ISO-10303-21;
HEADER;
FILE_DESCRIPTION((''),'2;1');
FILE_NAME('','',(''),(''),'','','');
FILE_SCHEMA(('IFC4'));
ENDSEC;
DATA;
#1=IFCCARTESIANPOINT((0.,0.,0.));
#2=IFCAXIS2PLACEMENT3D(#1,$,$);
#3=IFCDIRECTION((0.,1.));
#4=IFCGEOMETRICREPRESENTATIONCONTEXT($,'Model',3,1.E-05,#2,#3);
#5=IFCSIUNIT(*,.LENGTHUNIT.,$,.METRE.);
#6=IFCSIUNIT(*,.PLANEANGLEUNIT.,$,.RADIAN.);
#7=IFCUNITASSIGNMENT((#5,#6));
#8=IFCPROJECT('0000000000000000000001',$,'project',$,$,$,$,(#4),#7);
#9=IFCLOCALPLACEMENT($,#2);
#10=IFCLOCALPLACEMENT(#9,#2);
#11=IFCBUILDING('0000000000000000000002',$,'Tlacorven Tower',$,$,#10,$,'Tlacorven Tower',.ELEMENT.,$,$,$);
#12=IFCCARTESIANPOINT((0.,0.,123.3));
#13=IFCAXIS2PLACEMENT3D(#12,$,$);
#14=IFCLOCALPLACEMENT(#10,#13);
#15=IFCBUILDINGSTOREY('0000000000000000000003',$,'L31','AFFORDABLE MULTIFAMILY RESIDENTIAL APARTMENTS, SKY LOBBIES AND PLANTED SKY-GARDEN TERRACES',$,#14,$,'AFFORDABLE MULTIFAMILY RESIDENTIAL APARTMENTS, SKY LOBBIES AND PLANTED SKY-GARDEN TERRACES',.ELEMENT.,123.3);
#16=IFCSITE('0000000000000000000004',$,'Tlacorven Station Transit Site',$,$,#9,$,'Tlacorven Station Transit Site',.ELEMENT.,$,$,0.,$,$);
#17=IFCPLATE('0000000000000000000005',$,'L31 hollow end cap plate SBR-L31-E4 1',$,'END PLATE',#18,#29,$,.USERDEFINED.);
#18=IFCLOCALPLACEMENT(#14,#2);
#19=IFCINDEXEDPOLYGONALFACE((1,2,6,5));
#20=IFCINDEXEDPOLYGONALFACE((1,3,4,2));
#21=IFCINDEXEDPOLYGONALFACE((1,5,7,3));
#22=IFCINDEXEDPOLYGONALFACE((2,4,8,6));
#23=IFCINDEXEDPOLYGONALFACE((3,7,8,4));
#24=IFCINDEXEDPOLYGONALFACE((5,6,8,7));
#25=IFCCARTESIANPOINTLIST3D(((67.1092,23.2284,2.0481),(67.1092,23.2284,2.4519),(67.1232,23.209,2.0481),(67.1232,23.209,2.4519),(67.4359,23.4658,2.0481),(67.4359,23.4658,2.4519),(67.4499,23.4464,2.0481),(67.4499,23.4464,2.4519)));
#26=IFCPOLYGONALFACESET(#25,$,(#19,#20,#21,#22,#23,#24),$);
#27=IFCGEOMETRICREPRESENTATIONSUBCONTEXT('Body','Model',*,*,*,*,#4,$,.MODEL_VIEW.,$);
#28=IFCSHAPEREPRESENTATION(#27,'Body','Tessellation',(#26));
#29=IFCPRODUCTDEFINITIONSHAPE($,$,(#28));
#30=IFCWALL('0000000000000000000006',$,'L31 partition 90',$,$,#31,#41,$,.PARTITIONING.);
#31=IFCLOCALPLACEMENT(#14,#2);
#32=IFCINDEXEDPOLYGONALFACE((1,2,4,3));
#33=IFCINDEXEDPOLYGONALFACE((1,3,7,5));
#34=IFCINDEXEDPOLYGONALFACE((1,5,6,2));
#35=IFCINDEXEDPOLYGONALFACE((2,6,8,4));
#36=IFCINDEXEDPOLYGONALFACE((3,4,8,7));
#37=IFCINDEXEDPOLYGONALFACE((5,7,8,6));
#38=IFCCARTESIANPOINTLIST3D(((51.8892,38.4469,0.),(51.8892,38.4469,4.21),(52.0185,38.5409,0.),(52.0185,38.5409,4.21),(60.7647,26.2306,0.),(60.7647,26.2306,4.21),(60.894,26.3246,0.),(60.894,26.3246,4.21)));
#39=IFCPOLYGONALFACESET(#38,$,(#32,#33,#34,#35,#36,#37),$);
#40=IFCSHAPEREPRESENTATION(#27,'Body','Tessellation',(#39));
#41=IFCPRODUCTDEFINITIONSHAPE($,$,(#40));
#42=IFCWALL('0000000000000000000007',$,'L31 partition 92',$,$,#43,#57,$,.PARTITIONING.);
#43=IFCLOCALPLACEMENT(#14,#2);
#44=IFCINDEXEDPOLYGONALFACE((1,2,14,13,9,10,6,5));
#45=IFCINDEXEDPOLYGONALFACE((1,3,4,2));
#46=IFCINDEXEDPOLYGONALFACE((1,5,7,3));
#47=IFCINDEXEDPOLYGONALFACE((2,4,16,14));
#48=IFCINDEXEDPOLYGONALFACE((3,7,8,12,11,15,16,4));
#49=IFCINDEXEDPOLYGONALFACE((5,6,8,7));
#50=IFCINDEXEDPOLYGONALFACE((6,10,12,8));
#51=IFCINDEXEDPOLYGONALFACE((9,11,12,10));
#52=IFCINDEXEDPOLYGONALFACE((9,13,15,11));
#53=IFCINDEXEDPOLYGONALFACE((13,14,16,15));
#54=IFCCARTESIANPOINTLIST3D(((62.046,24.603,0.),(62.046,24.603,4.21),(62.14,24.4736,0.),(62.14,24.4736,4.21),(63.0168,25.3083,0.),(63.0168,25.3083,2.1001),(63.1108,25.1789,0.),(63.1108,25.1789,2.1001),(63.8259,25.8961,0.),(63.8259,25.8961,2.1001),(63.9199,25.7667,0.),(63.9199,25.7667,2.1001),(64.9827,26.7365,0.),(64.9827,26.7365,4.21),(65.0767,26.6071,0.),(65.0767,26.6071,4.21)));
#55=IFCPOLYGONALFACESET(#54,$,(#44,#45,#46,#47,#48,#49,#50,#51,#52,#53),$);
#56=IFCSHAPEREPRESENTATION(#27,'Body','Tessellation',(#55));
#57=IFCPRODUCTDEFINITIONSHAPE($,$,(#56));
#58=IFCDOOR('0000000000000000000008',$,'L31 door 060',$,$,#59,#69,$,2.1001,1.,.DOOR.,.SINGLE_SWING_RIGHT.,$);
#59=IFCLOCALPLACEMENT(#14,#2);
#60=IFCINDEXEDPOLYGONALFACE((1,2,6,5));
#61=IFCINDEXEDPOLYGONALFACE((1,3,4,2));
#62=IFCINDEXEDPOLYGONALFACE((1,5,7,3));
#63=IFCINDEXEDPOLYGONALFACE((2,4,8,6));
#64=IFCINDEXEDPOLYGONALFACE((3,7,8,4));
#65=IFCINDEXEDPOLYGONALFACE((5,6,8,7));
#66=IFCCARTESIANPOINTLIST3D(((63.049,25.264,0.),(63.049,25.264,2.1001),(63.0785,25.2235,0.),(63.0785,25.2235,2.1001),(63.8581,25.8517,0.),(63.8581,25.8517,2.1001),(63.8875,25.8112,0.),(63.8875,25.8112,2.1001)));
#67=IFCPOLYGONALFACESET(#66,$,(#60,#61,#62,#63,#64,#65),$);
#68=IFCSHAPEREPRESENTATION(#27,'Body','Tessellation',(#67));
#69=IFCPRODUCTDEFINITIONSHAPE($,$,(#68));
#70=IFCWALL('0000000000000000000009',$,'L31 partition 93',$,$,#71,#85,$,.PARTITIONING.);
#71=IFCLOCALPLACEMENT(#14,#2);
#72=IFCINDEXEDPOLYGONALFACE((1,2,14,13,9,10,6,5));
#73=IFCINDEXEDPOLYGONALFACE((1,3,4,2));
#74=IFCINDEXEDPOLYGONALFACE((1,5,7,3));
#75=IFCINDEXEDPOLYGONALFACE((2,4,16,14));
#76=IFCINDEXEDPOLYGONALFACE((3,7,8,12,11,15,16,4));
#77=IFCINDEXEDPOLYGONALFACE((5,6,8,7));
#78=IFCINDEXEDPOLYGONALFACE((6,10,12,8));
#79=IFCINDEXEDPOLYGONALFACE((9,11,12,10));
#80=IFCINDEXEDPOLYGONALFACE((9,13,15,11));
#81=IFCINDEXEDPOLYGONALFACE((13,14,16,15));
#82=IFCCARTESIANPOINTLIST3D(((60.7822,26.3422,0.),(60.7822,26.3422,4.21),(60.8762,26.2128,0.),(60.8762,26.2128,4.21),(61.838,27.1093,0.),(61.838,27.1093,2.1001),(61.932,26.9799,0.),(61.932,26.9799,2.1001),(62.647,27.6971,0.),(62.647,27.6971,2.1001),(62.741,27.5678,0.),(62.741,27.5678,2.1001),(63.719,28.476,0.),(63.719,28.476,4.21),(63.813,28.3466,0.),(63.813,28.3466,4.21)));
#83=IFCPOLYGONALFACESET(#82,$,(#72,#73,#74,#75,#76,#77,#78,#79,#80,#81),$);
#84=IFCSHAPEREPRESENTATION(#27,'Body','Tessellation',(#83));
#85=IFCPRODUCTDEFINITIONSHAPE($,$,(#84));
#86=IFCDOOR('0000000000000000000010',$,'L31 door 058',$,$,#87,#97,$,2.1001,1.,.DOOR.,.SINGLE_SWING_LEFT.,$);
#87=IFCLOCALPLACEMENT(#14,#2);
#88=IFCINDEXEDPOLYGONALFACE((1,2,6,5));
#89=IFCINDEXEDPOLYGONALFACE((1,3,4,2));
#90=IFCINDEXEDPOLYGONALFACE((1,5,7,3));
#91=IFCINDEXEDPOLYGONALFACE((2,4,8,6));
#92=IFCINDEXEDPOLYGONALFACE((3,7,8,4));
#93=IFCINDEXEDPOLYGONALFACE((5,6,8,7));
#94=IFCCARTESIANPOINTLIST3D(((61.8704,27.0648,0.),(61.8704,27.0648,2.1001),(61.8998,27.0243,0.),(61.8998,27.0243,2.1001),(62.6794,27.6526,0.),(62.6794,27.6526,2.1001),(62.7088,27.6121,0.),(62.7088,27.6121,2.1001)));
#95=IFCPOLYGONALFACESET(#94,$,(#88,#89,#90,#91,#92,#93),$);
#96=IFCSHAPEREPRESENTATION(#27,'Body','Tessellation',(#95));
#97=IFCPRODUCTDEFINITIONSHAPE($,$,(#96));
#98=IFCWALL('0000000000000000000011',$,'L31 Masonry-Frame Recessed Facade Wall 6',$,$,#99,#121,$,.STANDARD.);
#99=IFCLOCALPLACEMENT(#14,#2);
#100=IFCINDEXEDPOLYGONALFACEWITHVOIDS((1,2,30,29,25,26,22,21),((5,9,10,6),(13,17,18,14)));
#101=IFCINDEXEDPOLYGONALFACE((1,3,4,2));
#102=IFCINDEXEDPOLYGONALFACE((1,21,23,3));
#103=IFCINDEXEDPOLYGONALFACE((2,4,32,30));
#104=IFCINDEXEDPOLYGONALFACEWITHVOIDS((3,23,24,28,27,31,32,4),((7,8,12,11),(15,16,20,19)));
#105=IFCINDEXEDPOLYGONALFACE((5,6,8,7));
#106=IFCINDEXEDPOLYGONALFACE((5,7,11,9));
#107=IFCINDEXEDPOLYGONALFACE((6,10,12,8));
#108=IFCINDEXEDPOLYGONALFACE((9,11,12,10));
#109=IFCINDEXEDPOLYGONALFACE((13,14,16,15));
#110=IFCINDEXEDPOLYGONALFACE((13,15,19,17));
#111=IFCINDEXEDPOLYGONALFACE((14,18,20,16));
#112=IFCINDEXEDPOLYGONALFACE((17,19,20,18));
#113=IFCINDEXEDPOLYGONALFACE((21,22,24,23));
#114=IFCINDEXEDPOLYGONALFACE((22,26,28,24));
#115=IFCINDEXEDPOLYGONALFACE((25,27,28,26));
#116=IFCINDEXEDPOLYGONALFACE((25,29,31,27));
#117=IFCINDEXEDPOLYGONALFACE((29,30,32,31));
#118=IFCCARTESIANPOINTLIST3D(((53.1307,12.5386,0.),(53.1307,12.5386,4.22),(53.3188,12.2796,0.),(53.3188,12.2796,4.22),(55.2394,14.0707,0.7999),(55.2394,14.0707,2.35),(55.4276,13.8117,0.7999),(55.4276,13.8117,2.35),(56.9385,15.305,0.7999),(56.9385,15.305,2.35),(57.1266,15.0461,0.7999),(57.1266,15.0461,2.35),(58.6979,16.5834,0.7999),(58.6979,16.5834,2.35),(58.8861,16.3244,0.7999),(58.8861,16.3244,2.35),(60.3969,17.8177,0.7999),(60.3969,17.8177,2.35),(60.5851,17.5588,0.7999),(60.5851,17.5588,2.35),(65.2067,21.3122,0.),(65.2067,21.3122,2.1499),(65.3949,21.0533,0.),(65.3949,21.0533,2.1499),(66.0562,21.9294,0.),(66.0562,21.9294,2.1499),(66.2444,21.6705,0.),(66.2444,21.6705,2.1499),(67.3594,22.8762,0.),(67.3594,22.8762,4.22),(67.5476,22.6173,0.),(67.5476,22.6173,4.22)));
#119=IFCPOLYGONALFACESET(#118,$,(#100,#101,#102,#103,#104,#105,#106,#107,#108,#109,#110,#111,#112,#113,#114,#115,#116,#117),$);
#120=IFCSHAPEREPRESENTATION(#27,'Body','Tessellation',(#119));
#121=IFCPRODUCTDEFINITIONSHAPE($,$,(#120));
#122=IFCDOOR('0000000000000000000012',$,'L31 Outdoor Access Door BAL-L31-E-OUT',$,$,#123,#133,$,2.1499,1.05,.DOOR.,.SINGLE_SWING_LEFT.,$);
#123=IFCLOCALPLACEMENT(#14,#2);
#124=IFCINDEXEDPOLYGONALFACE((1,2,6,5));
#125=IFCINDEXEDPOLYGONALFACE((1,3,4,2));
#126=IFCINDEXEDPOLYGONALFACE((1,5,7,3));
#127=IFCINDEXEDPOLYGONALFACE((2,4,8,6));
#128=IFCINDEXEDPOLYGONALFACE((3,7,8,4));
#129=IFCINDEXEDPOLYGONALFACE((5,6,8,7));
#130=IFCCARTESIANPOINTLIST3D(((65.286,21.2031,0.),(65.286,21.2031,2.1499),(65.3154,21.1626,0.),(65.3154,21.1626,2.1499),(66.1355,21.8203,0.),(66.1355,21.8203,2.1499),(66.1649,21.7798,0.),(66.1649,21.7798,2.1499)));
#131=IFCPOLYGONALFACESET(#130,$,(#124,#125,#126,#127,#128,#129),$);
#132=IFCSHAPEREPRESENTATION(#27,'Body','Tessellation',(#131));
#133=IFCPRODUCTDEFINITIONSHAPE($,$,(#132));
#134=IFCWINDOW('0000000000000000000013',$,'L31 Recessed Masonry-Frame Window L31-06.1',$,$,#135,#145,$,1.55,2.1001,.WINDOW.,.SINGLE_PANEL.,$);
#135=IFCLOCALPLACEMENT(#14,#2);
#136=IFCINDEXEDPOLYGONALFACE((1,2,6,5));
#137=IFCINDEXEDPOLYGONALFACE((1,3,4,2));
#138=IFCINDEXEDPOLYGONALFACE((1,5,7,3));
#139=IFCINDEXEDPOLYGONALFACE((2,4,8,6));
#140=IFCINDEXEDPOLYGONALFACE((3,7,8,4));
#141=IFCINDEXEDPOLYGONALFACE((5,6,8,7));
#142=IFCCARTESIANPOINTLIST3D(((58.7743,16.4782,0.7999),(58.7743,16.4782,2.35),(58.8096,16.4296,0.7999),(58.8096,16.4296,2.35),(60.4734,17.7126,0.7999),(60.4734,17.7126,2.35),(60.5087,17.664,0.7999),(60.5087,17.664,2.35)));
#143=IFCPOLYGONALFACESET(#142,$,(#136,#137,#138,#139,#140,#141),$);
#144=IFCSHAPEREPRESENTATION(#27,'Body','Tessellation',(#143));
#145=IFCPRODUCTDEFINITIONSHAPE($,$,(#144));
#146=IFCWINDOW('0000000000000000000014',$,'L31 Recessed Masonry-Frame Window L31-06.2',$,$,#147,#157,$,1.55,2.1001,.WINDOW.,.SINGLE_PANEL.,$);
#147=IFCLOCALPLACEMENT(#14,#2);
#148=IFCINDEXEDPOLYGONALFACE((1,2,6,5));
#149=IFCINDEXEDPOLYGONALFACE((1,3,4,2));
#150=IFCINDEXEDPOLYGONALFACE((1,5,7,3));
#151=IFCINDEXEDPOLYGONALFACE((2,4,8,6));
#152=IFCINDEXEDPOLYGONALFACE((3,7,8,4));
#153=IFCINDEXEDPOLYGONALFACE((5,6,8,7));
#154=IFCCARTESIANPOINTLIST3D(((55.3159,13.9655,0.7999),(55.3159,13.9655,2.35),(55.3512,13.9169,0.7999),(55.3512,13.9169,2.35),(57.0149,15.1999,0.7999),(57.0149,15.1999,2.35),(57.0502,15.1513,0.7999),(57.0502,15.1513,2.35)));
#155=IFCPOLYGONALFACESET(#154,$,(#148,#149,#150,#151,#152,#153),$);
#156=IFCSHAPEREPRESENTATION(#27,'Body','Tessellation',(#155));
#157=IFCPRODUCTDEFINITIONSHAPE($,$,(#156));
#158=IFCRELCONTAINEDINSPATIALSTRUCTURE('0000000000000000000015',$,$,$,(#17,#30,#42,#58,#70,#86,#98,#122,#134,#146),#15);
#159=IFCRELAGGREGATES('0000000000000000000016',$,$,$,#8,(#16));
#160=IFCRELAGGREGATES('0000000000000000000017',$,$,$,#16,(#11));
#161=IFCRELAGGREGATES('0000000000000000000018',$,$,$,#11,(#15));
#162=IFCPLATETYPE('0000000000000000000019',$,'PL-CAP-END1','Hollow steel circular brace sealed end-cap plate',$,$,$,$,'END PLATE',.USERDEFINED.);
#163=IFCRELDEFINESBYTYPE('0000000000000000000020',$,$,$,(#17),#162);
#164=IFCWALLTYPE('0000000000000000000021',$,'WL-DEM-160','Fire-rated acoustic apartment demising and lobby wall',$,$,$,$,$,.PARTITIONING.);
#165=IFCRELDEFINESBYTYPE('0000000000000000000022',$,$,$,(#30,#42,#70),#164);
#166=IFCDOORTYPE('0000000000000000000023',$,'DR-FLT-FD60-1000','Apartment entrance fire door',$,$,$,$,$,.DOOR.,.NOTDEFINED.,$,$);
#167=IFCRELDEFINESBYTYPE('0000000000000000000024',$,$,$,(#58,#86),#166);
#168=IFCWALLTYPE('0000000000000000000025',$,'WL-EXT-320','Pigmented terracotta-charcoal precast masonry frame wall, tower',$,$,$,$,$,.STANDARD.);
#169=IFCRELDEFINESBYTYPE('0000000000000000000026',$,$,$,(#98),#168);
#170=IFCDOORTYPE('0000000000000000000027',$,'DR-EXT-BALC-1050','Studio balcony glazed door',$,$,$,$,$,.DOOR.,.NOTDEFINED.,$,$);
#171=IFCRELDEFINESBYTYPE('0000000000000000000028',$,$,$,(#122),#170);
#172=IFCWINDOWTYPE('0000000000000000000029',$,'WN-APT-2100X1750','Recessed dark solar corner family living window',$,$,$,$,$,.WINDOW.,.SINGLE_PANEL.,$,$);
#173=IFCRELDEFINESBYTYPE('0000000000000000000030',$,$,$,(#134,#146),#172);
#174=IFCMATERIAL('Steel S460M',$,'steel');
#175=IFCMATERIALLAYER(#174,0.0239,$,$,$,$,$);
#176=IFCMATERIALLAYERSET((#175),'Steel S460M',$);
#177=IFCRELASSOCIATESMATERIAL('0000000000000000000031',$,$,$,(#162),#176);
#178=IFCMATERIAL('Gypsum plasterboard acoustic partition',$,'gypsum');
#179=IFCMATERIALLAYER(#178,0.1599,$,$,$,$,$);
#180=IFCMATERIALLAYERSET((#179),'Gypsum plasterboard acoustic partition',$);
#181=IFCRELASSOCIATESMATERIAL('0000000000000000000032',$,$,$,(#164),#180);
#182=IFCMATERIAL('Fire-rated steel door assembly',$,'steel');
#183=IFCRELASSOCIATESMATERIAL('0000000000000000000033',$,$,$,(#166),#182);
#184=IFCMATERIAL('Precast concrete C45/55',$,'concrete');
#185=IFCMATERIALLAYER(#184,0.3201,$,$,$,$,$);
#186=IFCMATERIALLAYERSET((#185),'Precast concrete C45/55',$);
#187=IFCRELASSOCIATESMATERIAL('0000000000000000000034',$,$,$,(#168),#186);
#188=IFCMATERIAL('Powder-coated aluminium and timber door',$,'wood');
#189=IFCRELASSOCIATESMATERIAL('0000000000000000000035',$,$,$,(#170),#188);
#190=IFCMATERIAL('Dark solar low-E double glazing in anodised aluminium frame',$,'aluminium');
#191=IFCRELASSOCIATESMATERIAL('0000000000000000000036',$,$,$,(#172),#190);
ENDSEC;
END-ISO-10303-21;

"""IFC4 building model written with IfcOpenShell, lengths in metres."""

from ifc_helpers import new_model, si_unit, direction, frame, frame_2d, origin, origin_2d, place, context, subcontext, project, spatial, rectangle, extrude, source, transform, mapped, material, layer, layer_set, type_object, element, fill, save


model = new_model("IFC4")

# Units and contexts
model_context = context("Model", 3, precision=1e-05, world=origin(), true_north=direction((0.0, 1.0)))
body_context = subcontext(model_context, "Body", "Model", "MODEL_VIEW")
ifc_project = project(units=[si_unit("LENGTHUNIT", "METRE"), si_unit("PLANEANGLEUNIT", "RADIAN")], contexts=[model_context])

# Site, building, storey
site_placement = place(None, origin())
site = spatial("IfcSite", under=ifc_project, at=site_placement, Name="Tlacorven Station Transit Site", LongName="Tlacorven Station Transit Site", CompositionType="ELEMENT", RefElevation=0.0)
building_placement = place(site_placement, origin())
building = spatial("IfcBuilding", under=site, at=building_placement, Name="Tlacorven Tower", LongName="Tlacorven Tower", CompositionType="ELEMENT")
storey_placement = place(building_placement, frame((0.0, 0.0, 123.3)))
storey = spatial("IfcBuildingStorey", under=building, at=storey_placement, Name="L31", Description="AFFORDABLE MULTIFAMILY RESIDENTIAL APARTMENTS, SKY LOBBIES AND PLANTED SKY-GARDEN TERRACES", LongName="AFFORDABLE MULTIFAMILY RESIDENTIAL APARTMENTS, SKY LOBBIES AND PLANTED SKY-GARDEN TERRACES", CompositionType="ELEMENT", Elevation=123.3)

# Shared definitions
ifc_material_1 = material(Name="Steel S460M", Category="steel")

# Plate
ifc_layer_1 = layer(ifc_material_1, 0.0239)
ifc_layer_set_1 = layer_set([ifc_layer_1], Name="Steel S460M")
plate_type_1 = type_object("IfcPlateType", Name="PL-CAP-END1", Description="Hollow steel circular brace sealed end-cap plate", ElementType="END PLATE", PredefinedType="USERDEFINED", material=ifc_layer_set_1)
shared_shape_1 = source(origin(), body_context, "Body", "SweptSolid", [
    extrude(rectangle(XDim=0.0239, YDim=0.4038, at=origin_2d()), origin(), (0.0, 0.0, 1.0), 0.4038),
])
plate_1_placement = place(storey_placement, frame((67.2795, 23.3374, 2.0481), z_axis=(0.0, 0.0, 1.0), x_axis=(0.587785, -0.809017, 0.0)))
element("IfcPlate", 1, at=plate_1_placement, inside=storey, type_object=plate_type_1, Name="L31 hollow end cap plate SBR-L31-E4 1", ObjectType="END PLATE", PredefinedType="USERDEFINED", context=body_context, shape_type="MappedRepresentation", body=[
    mapped(shared_shape_1, transform((0.0, 0.0, 0.0), scale=1.0)),
])

# Wall
ifc_material_2 = material(Name="Gypsum plasterboard acoustic partition", Category="gypsum")
ifc_layer_2 = layer(ifc_material_2, 0.1599)
ifc_layer_set_2 = layer_set([ifc_layer_2], Name="Gypsum plasterboard acoustic partition")
wall_type_1 = type_object("IfcWallType", Name="WL-DEM-160", Description="Fire-rated acoustic apartment demising and lobby wall", PredefinedType="PARTITIONING", material=ifc_layer_set_2)
wall_1_placement = place(storey_placement, frame((60.8293, 26.2776, 0.0), z_axis=(0.0, 0.0, 1.0), x_axis=(-0.587777, 0.809023, 0.0)))
element("IfcWall", 2, at=wall_1_placement, inside=storey, type_object=wall_type_1, Name="L31 partition 90", PredefinedType="PARTITIONING", context=body_context, shape_type="SweptSolid", body=[
    extrude(rectangle(XDim=15.1001, YDim=0.1599, at=frame_2d((7.55, 0.0))), origin(), (0.0, 0.0, 1.0), 4.21),
])

# Walls, openings, doors
wall_2_placement = place(storey_placement, frame((62.093, 24.5383, 0.0), z_axis=(0.0, 0.0, 1.0), x_axis=(0.809036, 0.58776, 0.0)))
wall_2 = element("IfcWall", 3, at=wall_2_placement, inside=storey, type_object=wall_type_1, Name="L31 partition 92", PredefinedType="PARTITIONING", context=body_context, shape_type="SweptSolid", body=[
    extrude(rectangle(XDim=3.6299, YDim=0.1599, at=frame_2d((1.8149, 0.0))), origin(), (0.0, 0.0, 1.0), 4.21),
])
opening_1_placement = place(wall_2_placement, frame((1.2, 0.0, 0.0)))
opening_1 = element("IfcOpeningElement", 4, at=opening_1_placement, cuts=wall_2, PredefinedType="OPENING", context=body_context, shape_type="SweptSolid", body=[
    extrude(rectangle(XDim=1.0, YDim=2.1001, at=frame_2d((0.5, 1.05))), frame((0.0, 0.0898, 0.0), z_axis=(0.0, -1.0, 0.0), x_axis=(1.0, 0.0, 0.0)), (0.0, 0.0, 1.0), 0.1799),
])
ifc_material_3 = material(Name="Fire-rated steel door assembly", Category="steel")
door_type_1 = type_object("IfcDoorType", Name="DR-FLT-FD60-1000", Description="Apartment entrance fire door", OperationType="NOTDEFINED", PredefinedType="DOOR", material=ifc_material_3)
shared_shape_2 = source(origin(), body_context, "Body", "SweptSolid", [
    extrude(rectangle(XDim=1.0, YDim=2.1001, at=frame_2d((0.5, 1.05))), frame((0.0, 0.0249, 0.0), z_axis=(0.0, -1.0, 0.0), x_axis=(1.0, 0.0, 0.0)), (0.0, 0.0, 1.0), 0.05),
])
door_1_placement = place(opening_1_placement, frame((1.0, 0.0, 0.0), z_axis=(0.0, 0.0, 1.0), x_axis=(-1.0, 0.0, 0.0)))
door_1 = element("IfcDoor", 5, at=door_1_placement, inside=storey, type_object=door_type_1, Name="L31 door 060", OperationType="SINGLE_SWING_RIGHT", OverallHeight=2.1001, OverallWidth=1.0, PredefinedType="DOOR", context=body_context, shape_type="MappedRepresentation", body=[
    mapped(shared_shape_2, transform((0.0, 0.0, 0.0), scale=1.0)),
])
fill(opening_1, door_1)
wall_3_placement = place(storey_placement, frame((60.8293, 26.2776, 0.0), z_axis=(0.0, 0.0, 1.0), x_axis=(0.809004, 0.587804, 0.0)))
wall_3 = element("IfcWall", 6, at=wall_3_placement, inside=storey, type_object=wall_type_1, Name="L31 partition 93", PredefinedType="PARTITIONING", context=body_context, shape_type="SweptSolid", body=[
    extrude(rectangle(XDim=3.6301, YDim=0.1599, at=frame_2d((1.8149, 0.0))), origin(), (0.0, 0.0, 1.0), 4.21),
])
opening_2_placement = place(wall_3_placement, frame((1.3049, 0.0, 0.0)))
opening_2 = element("IfcOpeningElement", 7, at=opening_2_placement, cuts=wall_3, PredefinedType="OPENING", context=body_context, shape_type="SweptSolid", body=[
    extrude(rectangle(XDim=1.0, YDim=2.1001, at=frame_2d((0.5, 1.05))), frame((0.0, 0.0898, 0.0), z_axis=(0.0, -1.0, 0.0), x_axis=(1.0, 0.0, 0.0)), (0.0, 0.0, 1.0), 0.1799),
])
door_2_placement = place(opening_2_placement, origin())
door_2 = element("IfcDoor", 8, at=door_2_placement, inside=storey, type_object=door_type_1, Name="L31 door 058", OperationType="SINGLE_SWING_LEFT", OverallHeight=2.1001, OverallWidth=1.0, PredefinedType="DOOR", context=body_context, shape_type="MappedRepresentation", body=[
    mapped(shared_shape_2, transform((0.0, 0.0, 0.0), scale=1.0)),
])
fill(opening_2, door_2)

# Wall, openings, door, windows
ifc_material_4 = material(Name="Precast concrete C45/55", Category="concrete")
ifc_layer_3 = layer(ifc_material_4, 0.3201)
ifc_layer_set_3 = layer_set([ifc_layer_3], Name="Precast concrete C45/55")
wall_type_2 = type_object("IfcWallType", Name="WL-EXT-320", Description="Pigmented terracotta-charcoal precast masonry frame wall, tower", PredefinedType="STANDARD", material=ifc_layer_set_3)
wall_4_placement = place(storey_placement, frame((67.4536, 22.7468, 0.0), z_axis=(0.0, 0.0, 1.0), x_axis=(-0.809021, -0.58778, 0.0)))
wall_4 = element("IfcWall", 9, at=wall_4_placement, inside=storey, type_object=wall_type_2, Name="L31 Masonry-Frame Recessed Facade Wall 6", PredefinedType="STANDARD", context=body_context, shape_type="SweptSolid", body=[
    extrude(rectangle(XDim=17.5876, YDim=0.3201, at=frame_2d((8.7939, 0.0))), origin(), (0.0, 0.0, 1.0), 4.22),
])
opening_3_placement = place(wall_4_placement, frame((1.6111, 0.0, 0.0)))
opening_3 = element("IfcOpeningElement", 10, at=opening_3_placement, cuts=wall_4, PredefinedType="OPENING", context=body_context, shape_type="SweptSolid", body=[
    extrude(rectangle(XDim=1.05, YDim=2.1499, at=frame_2d((0.5249, 1.075))), frame((0.0, 0.1699, 0.0), z_axis=(0.0, -1.0, 0.0), x_axis=(1.0, 0.0, 0.0)), (0.0, 0.0, 1.0), 0.3401),
])
opening_4_placement = place(wall_4_placement, frame((8.6062, 0.0, 0.8)))
opening_4 = element("IfcOpeningElement", 11, at=opening_4_placement, cuts=wall_4, PredefinedType="OPENING", context=body_context, shape_type="SweptSolid", body=[
    extrude(rectangle(XDim=2.1001, YDim=1.55, at=frame_2d((1.05, 0.7749))), frame((0.0, 0.1699, 0.0), z_axis=(0.0, -1.0, 0.0), x_axis=(1.0, 0.0, 0.0)), (0.0, 0.0, 1.0), 0.3401),
])
opening_5_placement = place(wall_4_placement, frame((12.8811, 0.0, 0.8)))
opening_5 = element("IfcOpeningElement", 12, at=opening_5_placement, cuts=wall_4, PredefinedType="OPENING", context=body_context, shape_type="SweptSolid", body=[
    extrude(rectangle(XDim=2.1001, YDim=1.55, at=frame_2d((1.05, 0.7749))), frame((0.0, 0.1699, 0.0), z_axis=(0.0, -1.0, 0.0), x_axis=(1.0, 0.0, 0.0)), (0.0, 0.0, 1.0), 0.3401),
])
ifc_material_5 = material(Name="Powder-coated aluminium and timber door", Category="wood")
door_type_2 = type_object("IfcDoorType", Name="DR-EXT-BALC-1050", Description="Studio balcony glazed door", OperationType="NOTDEFINED", PredefinedType="DOOR", material=ifc_material_5)
shared_shape_3 = source(origin(), body_context, "Body", "SweptSolid", [
    extrude(rectangle(XDim=1.05, YDim=2.1499, at=frame_2d((0.5249, 1.075))), frame((0.0, 0.0249, 0.0), z_axis=(0.0, -1.0, 0.0), x_axis=(1.0, 0.0, 0.0)), (0.0, 0.0, 1.0), 0.05),
])
door_3_placement = place(opening_3_placement, origin())
door_3 = element("IfcDoor", 13, at=door_3_placement, inside=storey, type_object=door_type_2, Name="L31 Outdoor Access Door BAL-L31-E-OUT", OperationType="SINGLE_SWING_LEFT", OverallHeight=2.1499, OverallWidth=1.05, PredefinedType="DOOR", context=body_context, shape_type="MappedRepresentation", body=[
    mapped(shared_shape_3, transform((0.0, 0.0, 0.0), scale=1.0)),
])
fill(opening_3, door_3)
ifc_material_6 = material(Name="Dark solar low-E double glazing in anodised aluminium frame", Category="aluminium")
window_type = type_object("IfcWindowType", Name="WN-APT-2100X1750", Description="Recessed dark solar corner family living window", PartitioningType="SINGLE_PANEL", PredefinedType="WINDOW", material=ifc_material_6)
shared_shape_4 = source(origin(), body_context, "Body", "SweptSolid", [
    extrude(rectangle(XDim=2.1001, YDim=1.55, at=frame_2d((1.05, 0.7749))), frame((0.0, 0.03, 0.0), z_axis=(0.0, -1.0, 0.0), x_axis=(1.0, 0.0, 0.0)), (0.0, 0.0, 1.0), 0.0601),
])
window_1_placement = place(opening_4_placement, origin())
window_1 = element("IfcWindow", 14, at=window_1_placement, inside=storey, type_object=window_type, Name="L31 Recessed Masonry-Frame Window L31-06.1", OverallHeight=1.55, OverallWidth=2.1001, PartitioningType="SINGLE_PANEL", PredefinedType="WINDOW", context=body_context, shape_type="MappedRepresentation", body=[
    mapped(shared_shape_4, transform((0.0, 0.0, 0.0), scale=1.0)),
])
fill(opening_4, window_1)
window_2_placement = place(opening_5_placement, origin())
window_2 = element("IfcWindow", 15, at=window_2_placement, inside=storey, type_object=window_type, Name="L31 Recessed Masonry-Frame Window L31-06.2", OverallHeight=1.55, OverallWidth=2.1001, PartitioningType="SINGLE_PANEL", PredefinedType="WINDOW", context=body_context, shape_type="MappedRepresentation", body=[
    mapped(shared_shape_4, transform((0.0, 0.0, 0.0), scale=1.0)),
])
fill(opening_5, window_2)

save(model, "model.ifc")
